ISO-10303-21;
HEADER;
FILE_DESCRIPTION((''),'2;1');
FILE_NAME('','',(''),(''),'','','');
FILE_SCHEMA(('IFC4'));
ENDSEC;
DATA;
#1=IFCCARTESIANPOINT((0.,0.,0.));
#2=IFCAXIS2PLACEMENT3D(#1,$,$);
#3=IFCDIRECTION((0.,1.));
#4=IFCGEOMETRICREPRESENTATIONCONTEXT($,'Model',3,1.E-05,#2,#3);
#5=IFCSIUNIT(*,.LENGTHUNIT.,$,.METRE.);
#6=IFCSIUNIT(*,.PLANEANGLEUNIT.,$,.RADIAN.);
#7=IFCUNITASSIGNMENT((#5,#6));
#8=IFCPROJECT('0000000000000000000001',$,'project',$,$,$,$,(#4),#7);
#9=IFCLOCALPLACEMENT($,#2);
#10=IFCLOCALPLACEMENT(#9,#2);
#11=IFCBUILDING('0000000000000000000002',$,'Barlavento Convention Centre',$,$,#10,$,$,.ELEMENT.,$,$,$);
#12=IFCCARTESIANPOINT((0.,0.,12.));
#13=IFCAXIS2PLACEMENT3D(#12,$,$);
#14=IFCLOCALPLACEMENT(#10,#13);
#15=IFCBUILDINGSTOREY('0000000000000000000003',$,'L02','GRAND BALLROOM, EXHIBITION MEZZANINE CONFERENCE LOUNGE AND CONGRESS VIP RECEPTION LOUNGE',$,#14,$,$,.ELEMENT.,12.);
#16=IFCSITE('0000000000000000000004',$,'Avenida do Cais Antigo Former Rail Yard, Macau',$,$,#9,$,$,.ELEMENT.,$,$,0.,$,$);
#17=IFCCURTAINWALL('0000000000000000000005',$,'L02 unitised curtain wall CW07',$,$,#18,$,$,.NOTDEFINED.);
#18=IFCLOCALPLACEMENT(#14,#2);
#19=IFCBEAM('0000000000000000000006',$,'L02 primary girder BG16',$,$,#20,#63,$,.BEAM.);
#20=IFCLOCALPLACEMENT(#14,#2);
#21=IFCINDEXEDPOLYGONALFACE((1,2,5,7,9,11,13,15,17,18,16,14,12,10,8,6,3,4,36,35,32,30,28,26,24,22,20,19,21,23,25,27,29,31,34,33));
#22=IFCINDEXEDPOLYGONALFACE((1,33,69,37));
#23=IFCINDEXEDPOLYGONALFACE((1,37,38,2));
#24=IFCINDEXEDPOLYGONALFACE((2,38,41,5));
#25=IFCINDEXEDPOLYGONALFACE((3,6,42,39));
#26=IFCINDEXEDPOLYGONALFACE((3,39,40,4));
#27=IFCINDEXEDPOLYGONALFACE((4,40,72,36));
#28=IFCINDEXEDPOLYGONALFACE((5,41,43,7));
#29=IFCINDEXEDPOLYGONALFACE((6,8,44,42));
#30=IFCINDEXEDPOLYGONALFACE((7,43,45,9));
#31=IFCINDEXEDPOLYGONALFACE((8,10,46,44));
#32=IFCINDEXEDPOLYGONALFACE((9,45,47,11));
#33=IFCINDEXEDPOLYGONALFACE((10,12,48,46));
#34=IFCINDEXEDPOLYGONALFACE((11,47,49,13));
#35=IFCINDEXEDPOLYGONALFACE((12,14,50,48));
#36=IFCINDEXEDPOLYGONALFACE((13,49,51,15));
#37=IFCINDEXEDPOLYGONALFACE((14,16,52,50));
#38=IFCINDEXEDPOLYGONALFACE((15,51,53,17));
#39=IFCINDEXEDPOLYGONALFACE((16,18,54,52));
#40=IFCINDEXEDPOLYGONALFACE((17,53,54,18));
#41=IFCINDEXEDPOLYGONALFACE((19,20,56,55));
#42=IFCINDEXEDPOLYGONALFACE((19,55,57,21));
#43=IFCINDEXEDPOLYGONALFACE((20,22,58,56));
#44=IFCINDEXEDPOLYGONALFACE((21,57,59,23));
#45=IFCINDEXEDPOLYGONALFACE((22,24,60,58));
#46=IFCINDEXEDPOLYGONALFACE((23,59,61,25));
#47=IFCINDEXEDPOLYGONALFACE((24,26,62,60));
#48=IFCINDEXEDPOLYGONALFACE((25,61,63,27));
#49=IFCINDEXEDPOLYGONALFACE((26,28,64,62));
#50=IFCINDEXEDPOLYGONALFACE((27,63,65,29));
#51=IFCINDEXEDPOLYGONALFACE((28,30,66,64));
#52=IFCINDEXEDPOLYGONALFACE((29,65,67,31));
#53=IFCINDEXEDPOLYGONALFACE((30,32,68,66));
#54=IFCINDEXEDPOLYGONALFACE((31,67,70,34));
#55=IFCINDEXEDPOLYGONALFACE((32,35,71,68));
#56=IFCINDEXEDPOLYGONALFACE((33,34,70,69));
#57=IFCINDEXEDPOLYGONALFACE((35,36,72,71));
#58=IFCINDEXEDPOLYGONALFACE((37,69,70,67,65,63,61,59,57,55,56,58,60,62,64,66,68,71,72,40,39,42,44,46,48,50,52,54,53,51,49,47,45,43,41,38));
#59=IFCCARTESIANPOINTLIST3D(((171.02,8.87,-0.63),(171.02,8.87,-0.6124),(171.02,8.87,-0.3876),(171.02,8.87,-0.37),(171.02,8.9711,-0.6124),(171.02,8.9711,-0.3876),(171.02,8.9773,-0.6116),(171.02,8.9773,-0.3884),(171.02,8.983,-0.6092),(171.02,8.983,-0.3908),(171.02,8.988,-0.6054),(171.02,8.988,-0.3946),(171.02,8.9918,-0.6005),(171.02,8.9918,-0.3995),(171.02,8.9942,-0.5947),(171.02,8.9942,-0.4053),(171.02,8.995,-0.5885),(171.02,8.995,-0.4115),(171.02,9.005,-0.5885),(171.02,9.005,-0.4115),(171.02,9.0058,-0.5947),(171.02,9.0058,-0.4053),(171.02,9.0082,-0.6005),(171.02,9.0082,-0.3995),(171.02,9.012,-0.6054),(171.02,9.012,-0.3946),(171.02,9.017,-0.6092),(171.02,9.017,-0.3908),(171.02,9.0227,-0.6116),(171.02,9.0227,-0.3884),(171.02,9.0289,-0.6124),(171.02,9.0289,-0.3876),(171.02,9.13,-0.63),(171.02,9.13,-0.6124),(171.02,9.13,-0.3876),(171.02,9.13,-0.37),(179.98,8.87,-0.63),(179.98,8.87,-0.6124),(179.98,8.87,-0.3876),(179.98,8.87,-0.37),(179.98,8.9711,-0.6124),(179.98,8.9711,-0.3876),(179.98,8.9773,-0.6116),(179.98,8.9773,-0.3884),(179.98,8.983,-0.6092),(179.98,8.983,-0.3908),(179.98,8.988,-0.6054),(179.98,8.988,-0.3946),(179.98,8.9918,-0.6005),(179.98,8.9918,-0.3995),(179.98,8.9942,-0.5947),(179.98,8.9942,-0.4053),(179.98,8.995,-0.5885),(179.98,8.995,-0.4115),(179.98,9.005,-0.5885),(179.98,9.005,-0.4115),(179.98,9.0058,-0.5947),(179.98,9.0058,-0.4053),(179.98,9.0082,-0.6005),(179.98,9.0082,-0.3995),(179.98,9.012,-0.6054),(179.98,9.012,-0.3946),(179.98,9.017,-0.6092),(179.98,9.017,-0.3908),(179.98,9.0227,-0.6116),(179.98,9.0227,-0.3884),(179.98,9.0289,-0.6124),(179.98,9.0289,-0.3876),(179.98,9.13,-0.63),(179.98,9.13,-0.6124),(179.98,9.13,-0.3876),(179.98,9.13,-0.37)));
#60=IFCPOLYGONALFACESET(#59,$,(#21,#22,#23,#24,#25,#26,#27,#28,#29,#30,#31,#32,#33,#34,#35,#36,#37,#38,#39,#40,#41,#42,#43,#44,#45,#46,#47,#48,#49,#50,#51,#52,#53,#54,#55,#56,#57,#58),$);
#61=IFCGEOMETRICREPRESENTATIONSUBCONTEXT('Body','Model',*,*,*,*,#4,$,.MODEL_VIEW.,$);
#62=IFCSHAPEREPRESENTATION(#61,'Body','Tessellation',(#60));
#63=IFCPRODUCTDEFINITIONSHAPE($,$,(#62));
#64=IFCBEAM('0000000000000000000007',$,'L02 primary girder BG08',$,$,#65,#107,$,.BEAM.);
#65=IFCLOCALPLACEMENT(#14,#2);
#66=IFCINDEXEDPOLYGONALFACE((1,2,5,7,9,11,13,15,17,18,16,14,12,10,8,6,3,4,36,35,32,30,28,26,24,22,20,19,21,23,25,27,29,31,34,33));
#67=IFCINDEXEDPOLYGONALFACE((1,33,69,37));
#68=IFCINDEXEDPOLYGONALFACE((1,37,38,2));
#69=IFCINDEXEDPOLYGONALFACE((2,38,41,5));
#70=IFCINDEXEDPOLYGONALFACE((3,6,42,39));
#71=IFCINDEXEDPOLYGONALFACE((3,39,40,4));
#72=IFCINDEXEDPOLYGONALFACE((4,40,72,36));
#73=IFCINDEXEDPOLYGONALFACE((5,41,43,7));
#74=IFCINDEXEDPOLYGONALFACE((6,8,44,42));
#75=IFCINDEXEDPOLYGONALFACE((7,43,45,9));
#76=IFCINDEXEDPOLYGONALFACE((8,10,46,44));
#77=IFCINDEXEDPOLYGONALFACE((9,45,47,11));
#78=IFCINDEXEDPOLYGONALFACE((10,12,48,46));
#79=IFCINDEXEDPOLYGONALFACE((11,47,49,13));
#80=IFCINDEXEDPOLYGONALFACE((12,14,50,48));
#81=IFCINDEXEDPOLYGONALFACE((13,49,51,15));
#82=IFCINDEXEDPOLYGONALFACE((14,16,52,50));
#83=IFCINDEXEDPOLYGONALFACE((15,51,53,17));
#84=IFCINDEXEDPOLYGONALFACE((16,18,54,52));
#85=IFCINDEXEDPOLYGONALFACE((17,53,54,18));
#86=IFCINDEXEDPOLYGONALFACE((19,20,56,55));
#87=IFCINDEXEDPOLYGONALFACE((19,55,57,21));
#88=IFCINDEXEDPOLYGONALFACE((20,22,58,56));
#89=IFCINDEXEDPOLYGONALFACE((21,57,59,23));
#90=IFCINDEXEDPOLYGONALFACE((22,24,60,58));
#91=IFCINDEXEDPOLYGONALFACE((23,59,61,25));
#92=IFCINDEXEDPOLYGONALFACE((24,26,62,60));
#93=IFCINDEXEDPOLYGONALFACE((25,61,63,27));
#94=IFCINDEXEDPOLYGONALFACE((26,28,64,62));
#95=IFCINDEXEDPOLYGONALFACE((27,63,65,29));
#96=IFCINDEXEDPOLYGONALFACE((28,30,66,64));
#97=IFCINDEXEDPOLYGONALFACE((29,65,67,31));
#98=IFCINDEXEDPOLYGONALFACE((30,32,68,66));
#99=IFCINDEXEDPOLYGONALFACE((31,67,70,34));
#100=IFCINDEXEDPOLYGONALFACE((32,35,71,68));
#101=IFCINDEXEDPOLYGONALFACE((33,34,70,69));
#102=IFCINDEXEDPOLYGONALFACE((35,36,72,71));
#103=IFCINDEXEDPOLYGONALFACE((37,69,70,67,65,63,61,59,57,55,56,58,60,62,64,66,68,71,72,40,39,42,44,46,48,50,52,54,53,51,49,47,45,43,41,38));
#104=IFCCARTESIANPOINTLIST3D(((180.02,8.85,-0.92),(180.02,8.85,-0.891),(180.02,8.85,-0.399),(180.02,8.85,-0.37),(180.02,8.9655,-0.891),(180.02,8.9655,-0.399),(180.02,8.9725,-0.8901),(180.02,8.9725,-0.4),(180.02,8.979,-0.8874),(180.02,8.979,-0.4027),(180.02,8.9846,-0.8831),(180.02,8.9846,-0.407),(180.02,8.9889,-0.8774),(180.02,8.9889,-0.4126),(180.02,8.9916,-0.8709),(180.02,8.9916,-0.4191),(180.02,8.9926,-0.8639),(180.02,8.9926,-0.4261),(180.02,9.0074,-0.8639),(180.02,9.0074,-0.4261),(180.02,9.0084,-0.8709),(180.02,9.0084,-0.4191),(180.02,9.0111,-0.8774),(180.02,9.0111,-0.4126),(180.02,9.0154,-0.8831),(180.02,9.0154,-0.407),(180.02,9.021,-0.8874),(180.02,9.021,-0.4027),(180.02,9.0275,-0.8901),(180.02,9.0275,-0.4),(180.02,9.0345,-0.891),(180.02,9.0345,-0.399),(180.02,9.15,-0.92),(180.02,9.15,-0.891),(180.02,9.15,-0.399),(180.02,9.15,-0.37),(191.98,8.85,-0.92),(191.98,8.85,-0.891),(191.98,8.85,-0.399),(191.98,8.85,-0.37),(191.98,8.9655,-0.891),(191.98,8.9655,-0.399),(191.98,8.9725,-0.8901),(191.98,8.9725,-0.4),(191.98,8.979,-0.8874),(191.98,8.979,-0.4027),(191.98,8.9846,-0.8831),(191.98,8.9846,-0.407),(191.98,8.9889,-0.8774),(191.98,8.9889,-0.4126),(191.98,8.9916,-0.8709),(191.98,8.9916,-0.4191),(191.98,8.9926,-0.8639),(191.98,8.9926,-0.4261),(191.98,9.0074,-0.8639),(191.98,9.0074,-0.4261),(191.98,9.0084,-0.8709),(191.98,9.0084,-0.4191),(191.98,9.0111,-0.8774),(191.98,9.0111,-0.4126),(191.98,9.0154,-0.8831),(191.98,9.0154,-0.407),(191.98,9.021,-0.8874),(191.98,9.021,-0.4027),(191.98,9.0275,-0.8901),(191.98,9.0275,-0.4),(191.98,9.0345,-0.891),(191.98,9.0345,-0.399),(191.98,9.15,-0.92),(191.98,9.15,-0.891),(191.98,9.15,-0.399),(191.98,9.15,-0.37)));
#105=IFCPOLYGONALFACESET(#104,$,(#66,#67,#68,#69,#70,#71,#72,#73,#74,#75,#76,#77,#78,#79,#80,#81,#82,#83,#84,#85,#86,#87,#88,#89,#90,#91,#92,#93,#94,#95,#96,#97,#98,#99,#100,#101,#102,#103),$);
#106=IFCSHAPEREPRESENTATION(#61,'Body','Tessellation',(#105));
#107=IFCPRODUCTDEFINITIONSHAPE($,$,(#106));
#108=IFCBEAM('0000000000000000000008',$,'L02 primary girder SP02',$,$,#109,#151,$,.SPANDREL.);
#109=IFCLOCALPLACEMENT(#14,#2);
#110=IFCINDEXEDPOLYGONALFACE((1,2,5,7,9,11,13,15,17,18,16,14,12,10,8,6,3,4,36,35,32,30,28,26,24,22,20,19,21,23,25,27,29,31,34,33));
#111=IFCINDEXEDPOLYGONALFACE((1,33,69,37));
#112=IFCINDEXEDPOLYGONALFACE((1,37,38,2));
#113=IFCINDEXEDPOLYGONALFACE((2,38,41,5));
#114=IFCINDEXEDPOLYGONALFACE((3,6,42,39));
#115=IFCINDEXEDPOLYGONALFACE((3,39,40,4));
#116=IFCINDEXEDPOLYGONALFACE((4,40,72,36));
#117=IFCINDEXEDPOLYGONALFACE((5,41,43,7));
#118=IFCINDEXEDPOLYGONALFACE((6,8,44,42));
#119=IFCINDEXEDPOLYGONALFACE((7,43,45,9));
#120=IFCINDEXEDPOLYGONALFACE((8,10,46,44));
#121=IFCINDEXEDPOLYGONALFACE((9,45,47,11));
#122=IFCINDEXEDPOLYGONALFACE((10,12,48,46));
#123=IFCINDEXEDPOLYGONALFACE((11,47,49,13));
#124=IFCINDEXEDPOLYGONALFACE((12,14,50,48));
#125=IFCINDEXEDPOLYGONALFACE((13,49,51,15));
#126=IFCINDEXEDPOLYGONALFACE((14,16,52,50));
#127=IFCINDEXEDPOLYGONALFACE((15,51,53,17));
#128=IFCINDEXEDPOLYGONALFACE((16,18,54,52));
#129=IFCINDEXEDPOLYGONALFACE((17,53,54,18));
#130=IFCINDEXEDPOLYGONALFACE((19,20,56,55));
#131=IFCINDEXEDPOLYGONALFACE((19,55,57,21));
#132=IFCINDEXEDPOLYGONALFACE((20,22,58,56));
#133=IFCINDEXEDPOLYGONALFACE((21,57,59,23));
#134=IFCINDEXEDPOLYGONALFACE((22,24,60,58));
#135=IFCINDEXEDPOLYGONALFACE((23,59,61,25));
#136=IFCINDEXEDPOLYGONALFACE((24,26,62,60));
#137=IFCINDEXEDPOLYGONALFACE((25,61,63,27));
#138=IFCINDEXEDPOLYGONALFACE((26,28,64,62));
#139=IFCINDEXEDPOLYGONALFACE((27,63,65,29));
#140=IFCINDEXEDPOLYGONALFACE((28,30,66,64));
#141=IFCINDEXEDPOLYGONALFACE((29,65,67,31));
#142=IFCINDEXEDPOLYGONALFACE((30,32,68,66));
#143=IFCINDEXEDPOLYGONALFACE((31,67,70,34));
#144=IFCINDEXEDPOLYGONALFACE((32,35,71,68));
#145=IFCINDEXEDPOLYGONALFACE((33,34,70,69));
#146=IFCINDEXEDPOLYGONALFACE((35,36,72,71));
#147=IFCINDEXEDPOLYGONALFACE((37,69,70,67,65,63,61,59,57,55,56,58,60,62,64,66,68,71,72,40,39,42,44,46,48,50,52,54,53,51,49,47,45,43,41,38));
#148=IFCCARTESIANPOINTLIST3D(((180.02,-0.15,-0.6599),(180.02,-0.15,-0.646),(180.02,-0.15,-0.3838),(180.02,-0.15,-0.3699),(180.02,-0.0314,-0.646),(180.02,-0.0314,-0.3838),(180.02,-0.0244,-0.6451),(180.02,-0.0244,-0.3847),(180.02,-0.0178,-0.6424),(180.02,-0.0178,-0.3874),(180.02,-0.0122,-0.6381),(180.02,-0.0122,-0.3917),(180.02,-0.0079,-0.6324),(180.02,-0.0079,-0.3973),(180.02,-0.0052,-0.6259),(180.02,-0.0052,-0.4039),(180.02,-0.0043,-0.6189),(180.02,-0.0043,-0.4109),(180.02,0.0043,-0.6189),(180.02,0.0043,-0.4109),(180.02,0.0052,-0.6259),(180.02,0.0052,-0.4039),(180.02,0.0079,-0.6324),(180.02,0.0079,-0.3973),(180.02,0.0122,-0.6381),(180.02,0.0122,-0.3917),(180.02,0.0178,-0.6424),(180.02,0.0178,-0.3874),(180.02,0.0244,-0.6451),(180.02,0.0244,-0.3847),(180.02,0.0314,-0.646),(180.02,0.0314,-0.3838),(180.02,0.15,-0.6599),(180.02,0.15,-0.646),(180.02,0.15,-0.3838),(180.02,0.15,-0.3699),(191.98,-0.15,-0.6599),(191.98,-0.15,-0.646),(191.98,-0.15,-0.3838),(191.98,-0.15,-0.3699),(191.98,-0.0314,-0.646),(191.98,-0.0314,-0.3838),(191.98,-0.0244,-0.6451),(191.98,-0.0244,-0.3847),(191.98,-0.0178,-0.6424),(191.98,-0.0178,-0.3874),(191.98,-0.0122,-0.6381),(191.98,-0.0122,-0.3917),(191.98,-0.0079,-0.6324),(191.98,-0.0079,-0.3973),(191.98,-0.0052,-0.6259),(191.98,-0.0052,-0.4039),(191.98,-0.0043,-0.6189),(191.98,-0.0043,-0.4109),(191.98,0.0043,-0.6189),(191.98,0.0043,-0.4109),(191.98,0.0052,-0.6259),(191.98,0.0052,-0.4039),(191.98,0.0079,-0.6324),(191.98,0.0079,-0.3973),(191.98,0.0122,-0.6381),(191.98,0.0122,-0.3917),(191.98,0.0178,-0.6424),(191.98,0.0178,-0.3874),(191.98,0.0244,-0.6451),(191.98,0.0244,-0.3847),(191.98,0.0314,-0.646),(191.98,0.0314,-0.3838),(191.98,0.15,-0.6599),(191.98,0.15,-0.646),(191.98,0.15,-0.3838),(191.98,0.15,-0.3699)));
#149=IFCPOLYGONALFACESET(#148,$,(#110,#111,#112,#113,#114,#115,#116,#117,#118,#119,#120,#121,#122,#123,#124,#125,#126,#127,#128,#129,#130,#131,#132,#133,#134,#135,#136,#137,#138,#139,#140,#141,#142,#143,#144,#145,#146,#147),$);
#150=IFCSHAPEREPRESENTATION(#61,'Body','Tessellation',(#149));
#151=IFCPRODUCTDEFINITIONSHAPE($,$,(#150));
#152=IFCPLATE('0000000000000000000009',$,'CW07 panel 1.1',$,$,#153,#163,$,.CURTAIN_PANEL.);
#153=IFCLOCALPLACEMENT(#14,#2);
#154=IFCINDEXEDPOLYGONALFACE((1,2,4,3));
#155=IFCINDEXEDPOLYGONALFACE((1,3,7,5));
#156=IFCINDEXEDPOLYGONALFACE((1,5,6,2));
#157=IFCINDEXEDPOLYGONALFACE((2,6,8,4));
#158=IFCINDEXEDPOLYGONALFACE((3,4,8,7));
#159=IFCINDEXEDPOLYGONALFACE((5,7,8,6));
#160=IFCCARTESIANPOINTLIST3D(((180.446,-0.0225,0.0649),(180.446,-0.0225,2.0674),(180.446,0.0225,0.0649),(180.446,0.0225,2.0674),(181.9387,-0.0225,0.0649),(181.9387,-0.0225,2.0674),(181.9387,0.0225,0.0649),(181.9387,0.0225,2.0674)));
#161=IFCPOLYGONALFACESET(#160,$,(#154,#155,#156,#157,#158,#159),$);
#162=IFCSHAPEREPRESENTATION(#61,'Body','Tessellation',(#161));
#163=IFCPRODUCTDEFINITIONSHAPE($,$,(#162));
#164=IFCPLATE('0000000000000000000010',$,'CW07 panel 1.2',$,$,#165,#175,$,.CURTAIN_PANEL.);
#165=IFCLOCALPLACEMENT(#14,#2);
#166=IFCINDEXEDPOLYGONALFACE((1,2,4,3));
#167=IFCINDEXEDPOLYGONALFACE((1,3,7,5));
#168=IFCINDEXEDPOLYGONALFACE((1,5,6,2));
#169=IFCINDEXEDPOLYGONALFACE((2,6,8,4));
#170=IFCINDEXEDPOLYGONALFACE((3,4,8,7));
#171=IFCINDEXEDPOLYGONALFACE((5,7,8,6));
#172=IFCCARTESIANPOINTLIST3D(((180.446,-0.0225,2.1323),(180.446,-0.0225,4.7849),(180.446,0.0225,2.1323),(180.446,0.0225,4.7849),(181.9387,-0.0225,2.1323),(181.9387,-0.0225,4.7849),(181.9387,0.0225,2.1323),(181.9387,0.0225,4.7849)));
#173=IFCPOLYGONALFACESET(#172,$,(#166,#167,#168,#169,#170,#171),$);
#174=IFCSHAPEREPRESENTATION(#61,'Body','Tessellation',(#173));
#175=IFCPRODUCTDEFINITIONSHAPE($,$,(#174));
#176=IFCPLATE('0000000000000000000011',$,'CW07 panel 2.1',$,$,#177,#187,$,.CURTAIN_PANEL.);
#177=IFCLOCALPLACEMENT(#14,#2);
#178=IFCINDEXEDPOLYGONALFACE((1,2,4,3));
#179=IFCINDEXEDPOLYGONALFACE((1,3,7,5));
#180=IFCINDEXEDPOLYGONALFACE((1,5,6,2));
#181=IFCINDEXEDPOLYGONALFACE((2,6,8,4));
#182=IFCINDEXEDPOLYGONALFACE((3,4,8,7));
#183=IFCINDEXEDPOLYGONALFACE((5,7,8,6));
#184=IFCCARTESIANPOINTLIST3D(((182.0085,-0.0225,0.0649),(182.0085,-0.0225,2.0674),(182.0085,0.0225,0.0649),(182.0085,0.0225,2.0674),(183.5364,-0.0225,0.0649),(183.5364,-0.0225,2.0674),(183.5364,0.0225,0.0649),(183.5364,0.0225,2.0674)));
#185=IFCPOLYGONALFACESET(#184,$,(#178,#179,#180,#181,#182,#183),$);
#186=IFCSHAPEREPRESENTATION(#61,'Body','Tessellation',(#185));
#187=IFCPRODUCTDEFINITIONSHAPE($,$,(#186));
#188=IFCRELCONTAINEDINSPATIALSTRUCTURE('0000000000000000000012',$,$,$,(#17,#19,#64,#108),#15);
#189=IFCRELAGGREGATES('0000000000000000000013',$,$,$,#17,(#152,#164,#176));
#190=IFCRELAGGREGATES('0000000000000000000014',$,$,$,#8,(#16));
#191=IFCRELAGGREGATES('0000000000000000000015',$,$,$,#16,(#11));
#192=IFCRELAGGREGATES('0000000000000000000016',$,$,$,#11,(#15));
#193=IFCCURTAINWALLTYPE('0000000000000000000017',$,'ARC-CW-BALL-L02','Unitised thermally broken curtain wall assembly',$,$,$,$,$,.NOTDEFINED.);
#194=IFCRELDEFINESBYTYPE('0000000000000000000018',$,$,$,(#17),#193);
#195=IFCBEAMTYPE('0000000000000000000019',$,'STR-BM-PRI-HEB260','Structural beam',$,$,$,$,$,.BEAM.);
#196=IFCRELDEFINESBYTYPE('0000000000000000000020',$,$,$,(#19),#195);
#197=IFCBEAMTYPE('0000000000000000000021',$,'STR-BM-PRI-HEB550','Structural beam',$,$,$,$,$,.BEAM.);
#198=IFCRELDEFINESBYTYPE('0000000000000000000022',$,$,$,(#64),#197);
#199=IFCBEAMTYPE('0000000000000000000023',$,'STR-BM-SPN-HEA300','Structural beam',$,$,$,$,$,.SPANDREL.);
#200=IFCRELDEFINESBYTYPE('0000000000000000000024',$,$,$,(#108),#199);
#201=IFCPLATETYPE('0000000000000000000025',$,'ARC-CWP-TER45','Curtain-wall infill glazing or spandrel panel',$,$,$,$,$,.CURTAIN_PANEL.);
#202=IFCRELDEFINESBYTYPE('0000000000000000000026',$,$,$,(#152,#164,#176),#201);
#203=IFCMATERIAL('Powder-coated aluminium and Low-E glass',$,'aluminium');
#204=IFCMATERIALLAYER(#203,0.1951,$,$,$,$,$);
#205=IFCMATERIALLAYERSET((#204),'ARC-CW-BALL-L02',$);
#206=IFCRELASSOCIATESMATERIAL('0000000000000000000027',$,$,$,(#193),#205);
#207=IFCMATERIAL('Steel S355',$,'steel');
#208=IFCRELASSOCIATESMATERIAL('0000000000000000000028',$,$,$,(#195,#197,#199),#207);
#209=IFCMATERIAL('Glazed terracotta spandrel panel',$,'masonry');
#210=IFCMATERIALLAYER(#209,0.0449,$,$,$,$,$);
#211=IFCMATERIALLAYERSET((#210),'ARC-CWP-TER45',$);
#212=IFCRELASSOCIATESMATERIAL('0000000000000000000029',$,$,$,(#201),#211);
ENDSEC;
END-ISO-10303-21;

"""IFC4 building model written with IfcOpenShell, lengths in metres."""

from ifc_helpers import new_model, si_unit, direction, frame, origin, origin_2d, place, context, subcontext, project, spatial, rectangle, i_section, extrude, material, layer, layer_set, material_profile, profile_set, type_object, element, aggregate, save


model = new_model("IFC4")

# Units and contexts
model_context = context("Model", 3, precision=1e-05, world=origin(), true_north=direction((0.0, 1.0)))
body_context = subcontext(model_context, "Body", "Model", "MODEL_VIEW")
ifc_project = project(units=[si_unit("LENGTHUNIT", "METRE"), si_unit("PLANEANGLEUNIT", "RADIAN")], contexts=[model_context])

# Site, building, storey
site_placement = place(None, origin())
site = spatial("IfcSite", under=ifc_project, at=site_placement, Name="Avenida do Cais Antigo Former Rail Yard, Macau", CompositionType="ELEMENT", RefElevation=0.0)
building_placement = place(site_placement, origin())
building = spatial("IfcBuilding", under=site, at=building_placement, Name="Barlavento Convention Centre", CompositionType="ELEMENT")
storey_placement = place(building_placement, frame((0.0, 0.0, 12.0)))
storey = spatial("IfcBuildingStorey", under=building, at=storey_placement, Name="L02", Description="GRAND BALLROOM, EXHIBITION MEZZANINE CONFERENCE LOUNGE AND CONGRESS VIP RECEPTION LOUNGE", CompositionType="ELEMENT", Elevation=12.0)

# Shared definitions
ifc_material_1 = material(Name="Steel S355", Category="steel")

# Curtain wall
ifc_material_2 = material(Name="Powder-coated aluminium and Low-E glass", Category="aluminium")
ifc_layer_1 = layer(ifc_material_2, 0.1951)
ifc_layer_set_1 = layer_set([ifc_layer_1], Name="ARC-CW-BALL-L02")
curtain_wall_type = type_object("IfcCurtainWallType", Name="ARC-CW-BALL-L02", Description="Unitised thermally broken curtain wall assembly", PredefinedType="NOTDEFINED", material=ifc_layer_set_1)
curtain_wall_placement = place(storey_placement, origin())
curtain_wall = element("IfcCurtainWall", 1, at=curtain_wall_placement, inside=storey, type_object=curtain_wall_type, Name="L02 unitised curtain wall CW07", PredefinedType="NOTDEFINED")

# Beams
ifc_material_profile_1 = material_profile(ifc_material_1, i_section(OverallWidth=0.26, OverallDepth=0.26, WebThickness=0.01, FlangeThickness=0.0176, FilletRadius=0.0239, at=origin_2d()), Name="HEB 260")
ifc_profile_set_1 = profile_set([ifc_material_profile_1], Name="Steel S355")
beam_type_1 = type_object("IfcBeamType", Name="STR-BM-PRI-HEB260", Description="Structural beam", PredefinedType="BEAM", material=ifc_profile_set_1)
beam_1_placement = place(storey_placement, frame((171.02, 9.0, -0.5), z_axis=(1.0, 0.0, 0.0), x_axis=(0.0, 1.0, 0.0)))
element("IfcBeam", 2, at=beam_1_placement, inside=storey, type_object=beam_type_1, Name="L02 primary girder BG16", PredefinedType="BEAM", context=body_context, shape_type="SweptSolid", body=[
    extrude(i_section(OverallWidth=0.26, OverallDepth=0.26, WebThickness=0.01, FlangeThickness=0.0176, FilletRadius=0.0239, at=origin_2d()), origin(), (0.0, 0.0, 1.0), 8.96),
])
ifc_material_profile_2 = material_profile(ifc_material_1, i_section(OverallWidth=0.3, OverallDepth=0.55, WebThickness=0.0149, FlangeThickness=0.0291, FilletRadius=0.0271, at=origin_2d()), Name="HEB 550")
ifc_profile_set_2 = profile_set([ifc_material_profile_2], Name="Steel S355")
beam_type_2 = type_object("IfcBeamType", Name="STR-BM-PRI-HEB550", Description="Structural beam", PredefinedType="BEAM", material=ifc_profile_set_2)
beam_2_placement = place(storey_placement, frame((180.02, 9.0, -0.645), z_axis=(1.0, 0.0, 0.0), x_axis=(0.0, 1.0, 0.0)))
element("IfcBeam", 3, at=beam_2_placement, inside=storey, type_object=beam_type_2, Name="L02 primary girder BG08", PredefinedType="BEAM", context=body_context, shape_type="SweptSolid", body=[
    extrude(i_section(OverallWidth=0.3, OverallDepth=0.55, WebThickness=0.0149, FlangeThickness=0.0291, FilletRadius=0.0271, at=origin_2d()), origin(), (0.0, 0.0, 1.0), 11.96),
])
ifc_material_profile_3 = material_profile(ifc_material_1, i_section(OverallWidth=0.3, OverallDepth=0.29, WebThickness=0.0085, FlangeThickness=0.0139, FilletRadius=0.0271, at=origin_2d()), Name="HEA 300")
ifc_profile_set_3 = profile_set([ifc_material_profile_3], Name="Steel S355")
beam_type_3 = type_object("IfcBeamType", Name="STR-BM-SPN-HEA300", Description="Structural beam", PredefinedType="SPANDREL", material=ifc_profile_set_3)
beam_3_placement = place(storey_placement, frame((180.02, 0.0, -0.5149), z_axis=(1.0, 0.0, 0.0), x_axis=(0.0, 1.0, 0.0)))
element("IfcBeam", 4, at=beam_3_placement, inside=storey, type_object=beam_type_3, Name="L02 primary girder SP02", PredefinedType="SPANDREL", context=body_context, shape_type="SweptSolid", body=[
    extrude(i_section(OverallWidth=0.3, OverallDepth=0.29, WebThickness=0.0085, FlangeThickness=0.0139, FilletRadius=0.0271, at=origin_2d()), origin(), (0.0, 0.0, 1.0), 11.96),
])

# Plates
ifc_material_3 = material(Name="Glazed terracotta spandrel panel", Category="masonry")
ifc_layer_2 = layer(ifc_material_3, 0.0449)
ifc_layer_set_2 = layer_set([ifc_layer_2], Name="ARC-CWP-TER45")
plate_type_1 = type_object("IfcPlateType", Name="ARC-CWP-TER45", Description="Curtain-wall infill glazing or spandrel panel", PredefinedType="CURTAIN_PANEL", material=ifc_layer_set_2)
plate_1_placement = place(storey_placement, frame((181.1924, 0.0, 0.0649), z_axis=(0.0, 0.0, 1.0), x_axis=(1.0, 0.0, 0.0)))
plate_1 = element("IfcPlate", 5, at=plate_1_placement, type_object=plate_type_1, Name="CW07 panel 1.1", PredefinedType="CURTAIN_PANEL", context=body_context, shape_type="SweptSolid", body=[
    extrude(rectangle(XDim=1.4927, YDim=0.0449, at=origin_2d()), origin(), (0.0, 0.0, 1.0), 2.0024),
])
plate_2_placement = place(storey_placement, frame((181.1924, 0.0, 2.1323), z_axis=(0.0, 0.0, 1.0), x_axis=(1.0, 0.0, 0.0)))
plate_2 = element("IfcPlate", 6, at=plate_2_placement, type_object=plate_type_1, Name="CW07 panel 1.2", PredefinedType="CURTAIN_PANEL", context=body_context, shape_type="SweptSolid", body=[
    extrude(rectangle(XDim=1.4927, YDim=0.0449, at=origin_2d()), origin(), (0.0, 0.0, 1.0), 2.6526),
])
plate_3_placement = place(storey_placement, frame((182.7725, 0.0, 0.0649), z_axis=(0.0, 0.0, 1.0), x_axis=(1.0, 0.0, 0.0)))
plate_3 = element("IfcPlate", 7, at=plate_3_placement, type_object=plate_type_1, Name="CW07 panel 2.1", PredefinedType="CURTAIN_PANEL", context=body_context, shape_type="SweptSolid", body=[
    extrude(rectangle(XDim=1.5278, YDim=0.0449, at=origin_2d()), origin(), (0.0, 0.0, 1.0), 2.0024),
])
aggregate(curtain_wall, [plate_1, plate_2, plate_3])

save(model, "model.ifc")
